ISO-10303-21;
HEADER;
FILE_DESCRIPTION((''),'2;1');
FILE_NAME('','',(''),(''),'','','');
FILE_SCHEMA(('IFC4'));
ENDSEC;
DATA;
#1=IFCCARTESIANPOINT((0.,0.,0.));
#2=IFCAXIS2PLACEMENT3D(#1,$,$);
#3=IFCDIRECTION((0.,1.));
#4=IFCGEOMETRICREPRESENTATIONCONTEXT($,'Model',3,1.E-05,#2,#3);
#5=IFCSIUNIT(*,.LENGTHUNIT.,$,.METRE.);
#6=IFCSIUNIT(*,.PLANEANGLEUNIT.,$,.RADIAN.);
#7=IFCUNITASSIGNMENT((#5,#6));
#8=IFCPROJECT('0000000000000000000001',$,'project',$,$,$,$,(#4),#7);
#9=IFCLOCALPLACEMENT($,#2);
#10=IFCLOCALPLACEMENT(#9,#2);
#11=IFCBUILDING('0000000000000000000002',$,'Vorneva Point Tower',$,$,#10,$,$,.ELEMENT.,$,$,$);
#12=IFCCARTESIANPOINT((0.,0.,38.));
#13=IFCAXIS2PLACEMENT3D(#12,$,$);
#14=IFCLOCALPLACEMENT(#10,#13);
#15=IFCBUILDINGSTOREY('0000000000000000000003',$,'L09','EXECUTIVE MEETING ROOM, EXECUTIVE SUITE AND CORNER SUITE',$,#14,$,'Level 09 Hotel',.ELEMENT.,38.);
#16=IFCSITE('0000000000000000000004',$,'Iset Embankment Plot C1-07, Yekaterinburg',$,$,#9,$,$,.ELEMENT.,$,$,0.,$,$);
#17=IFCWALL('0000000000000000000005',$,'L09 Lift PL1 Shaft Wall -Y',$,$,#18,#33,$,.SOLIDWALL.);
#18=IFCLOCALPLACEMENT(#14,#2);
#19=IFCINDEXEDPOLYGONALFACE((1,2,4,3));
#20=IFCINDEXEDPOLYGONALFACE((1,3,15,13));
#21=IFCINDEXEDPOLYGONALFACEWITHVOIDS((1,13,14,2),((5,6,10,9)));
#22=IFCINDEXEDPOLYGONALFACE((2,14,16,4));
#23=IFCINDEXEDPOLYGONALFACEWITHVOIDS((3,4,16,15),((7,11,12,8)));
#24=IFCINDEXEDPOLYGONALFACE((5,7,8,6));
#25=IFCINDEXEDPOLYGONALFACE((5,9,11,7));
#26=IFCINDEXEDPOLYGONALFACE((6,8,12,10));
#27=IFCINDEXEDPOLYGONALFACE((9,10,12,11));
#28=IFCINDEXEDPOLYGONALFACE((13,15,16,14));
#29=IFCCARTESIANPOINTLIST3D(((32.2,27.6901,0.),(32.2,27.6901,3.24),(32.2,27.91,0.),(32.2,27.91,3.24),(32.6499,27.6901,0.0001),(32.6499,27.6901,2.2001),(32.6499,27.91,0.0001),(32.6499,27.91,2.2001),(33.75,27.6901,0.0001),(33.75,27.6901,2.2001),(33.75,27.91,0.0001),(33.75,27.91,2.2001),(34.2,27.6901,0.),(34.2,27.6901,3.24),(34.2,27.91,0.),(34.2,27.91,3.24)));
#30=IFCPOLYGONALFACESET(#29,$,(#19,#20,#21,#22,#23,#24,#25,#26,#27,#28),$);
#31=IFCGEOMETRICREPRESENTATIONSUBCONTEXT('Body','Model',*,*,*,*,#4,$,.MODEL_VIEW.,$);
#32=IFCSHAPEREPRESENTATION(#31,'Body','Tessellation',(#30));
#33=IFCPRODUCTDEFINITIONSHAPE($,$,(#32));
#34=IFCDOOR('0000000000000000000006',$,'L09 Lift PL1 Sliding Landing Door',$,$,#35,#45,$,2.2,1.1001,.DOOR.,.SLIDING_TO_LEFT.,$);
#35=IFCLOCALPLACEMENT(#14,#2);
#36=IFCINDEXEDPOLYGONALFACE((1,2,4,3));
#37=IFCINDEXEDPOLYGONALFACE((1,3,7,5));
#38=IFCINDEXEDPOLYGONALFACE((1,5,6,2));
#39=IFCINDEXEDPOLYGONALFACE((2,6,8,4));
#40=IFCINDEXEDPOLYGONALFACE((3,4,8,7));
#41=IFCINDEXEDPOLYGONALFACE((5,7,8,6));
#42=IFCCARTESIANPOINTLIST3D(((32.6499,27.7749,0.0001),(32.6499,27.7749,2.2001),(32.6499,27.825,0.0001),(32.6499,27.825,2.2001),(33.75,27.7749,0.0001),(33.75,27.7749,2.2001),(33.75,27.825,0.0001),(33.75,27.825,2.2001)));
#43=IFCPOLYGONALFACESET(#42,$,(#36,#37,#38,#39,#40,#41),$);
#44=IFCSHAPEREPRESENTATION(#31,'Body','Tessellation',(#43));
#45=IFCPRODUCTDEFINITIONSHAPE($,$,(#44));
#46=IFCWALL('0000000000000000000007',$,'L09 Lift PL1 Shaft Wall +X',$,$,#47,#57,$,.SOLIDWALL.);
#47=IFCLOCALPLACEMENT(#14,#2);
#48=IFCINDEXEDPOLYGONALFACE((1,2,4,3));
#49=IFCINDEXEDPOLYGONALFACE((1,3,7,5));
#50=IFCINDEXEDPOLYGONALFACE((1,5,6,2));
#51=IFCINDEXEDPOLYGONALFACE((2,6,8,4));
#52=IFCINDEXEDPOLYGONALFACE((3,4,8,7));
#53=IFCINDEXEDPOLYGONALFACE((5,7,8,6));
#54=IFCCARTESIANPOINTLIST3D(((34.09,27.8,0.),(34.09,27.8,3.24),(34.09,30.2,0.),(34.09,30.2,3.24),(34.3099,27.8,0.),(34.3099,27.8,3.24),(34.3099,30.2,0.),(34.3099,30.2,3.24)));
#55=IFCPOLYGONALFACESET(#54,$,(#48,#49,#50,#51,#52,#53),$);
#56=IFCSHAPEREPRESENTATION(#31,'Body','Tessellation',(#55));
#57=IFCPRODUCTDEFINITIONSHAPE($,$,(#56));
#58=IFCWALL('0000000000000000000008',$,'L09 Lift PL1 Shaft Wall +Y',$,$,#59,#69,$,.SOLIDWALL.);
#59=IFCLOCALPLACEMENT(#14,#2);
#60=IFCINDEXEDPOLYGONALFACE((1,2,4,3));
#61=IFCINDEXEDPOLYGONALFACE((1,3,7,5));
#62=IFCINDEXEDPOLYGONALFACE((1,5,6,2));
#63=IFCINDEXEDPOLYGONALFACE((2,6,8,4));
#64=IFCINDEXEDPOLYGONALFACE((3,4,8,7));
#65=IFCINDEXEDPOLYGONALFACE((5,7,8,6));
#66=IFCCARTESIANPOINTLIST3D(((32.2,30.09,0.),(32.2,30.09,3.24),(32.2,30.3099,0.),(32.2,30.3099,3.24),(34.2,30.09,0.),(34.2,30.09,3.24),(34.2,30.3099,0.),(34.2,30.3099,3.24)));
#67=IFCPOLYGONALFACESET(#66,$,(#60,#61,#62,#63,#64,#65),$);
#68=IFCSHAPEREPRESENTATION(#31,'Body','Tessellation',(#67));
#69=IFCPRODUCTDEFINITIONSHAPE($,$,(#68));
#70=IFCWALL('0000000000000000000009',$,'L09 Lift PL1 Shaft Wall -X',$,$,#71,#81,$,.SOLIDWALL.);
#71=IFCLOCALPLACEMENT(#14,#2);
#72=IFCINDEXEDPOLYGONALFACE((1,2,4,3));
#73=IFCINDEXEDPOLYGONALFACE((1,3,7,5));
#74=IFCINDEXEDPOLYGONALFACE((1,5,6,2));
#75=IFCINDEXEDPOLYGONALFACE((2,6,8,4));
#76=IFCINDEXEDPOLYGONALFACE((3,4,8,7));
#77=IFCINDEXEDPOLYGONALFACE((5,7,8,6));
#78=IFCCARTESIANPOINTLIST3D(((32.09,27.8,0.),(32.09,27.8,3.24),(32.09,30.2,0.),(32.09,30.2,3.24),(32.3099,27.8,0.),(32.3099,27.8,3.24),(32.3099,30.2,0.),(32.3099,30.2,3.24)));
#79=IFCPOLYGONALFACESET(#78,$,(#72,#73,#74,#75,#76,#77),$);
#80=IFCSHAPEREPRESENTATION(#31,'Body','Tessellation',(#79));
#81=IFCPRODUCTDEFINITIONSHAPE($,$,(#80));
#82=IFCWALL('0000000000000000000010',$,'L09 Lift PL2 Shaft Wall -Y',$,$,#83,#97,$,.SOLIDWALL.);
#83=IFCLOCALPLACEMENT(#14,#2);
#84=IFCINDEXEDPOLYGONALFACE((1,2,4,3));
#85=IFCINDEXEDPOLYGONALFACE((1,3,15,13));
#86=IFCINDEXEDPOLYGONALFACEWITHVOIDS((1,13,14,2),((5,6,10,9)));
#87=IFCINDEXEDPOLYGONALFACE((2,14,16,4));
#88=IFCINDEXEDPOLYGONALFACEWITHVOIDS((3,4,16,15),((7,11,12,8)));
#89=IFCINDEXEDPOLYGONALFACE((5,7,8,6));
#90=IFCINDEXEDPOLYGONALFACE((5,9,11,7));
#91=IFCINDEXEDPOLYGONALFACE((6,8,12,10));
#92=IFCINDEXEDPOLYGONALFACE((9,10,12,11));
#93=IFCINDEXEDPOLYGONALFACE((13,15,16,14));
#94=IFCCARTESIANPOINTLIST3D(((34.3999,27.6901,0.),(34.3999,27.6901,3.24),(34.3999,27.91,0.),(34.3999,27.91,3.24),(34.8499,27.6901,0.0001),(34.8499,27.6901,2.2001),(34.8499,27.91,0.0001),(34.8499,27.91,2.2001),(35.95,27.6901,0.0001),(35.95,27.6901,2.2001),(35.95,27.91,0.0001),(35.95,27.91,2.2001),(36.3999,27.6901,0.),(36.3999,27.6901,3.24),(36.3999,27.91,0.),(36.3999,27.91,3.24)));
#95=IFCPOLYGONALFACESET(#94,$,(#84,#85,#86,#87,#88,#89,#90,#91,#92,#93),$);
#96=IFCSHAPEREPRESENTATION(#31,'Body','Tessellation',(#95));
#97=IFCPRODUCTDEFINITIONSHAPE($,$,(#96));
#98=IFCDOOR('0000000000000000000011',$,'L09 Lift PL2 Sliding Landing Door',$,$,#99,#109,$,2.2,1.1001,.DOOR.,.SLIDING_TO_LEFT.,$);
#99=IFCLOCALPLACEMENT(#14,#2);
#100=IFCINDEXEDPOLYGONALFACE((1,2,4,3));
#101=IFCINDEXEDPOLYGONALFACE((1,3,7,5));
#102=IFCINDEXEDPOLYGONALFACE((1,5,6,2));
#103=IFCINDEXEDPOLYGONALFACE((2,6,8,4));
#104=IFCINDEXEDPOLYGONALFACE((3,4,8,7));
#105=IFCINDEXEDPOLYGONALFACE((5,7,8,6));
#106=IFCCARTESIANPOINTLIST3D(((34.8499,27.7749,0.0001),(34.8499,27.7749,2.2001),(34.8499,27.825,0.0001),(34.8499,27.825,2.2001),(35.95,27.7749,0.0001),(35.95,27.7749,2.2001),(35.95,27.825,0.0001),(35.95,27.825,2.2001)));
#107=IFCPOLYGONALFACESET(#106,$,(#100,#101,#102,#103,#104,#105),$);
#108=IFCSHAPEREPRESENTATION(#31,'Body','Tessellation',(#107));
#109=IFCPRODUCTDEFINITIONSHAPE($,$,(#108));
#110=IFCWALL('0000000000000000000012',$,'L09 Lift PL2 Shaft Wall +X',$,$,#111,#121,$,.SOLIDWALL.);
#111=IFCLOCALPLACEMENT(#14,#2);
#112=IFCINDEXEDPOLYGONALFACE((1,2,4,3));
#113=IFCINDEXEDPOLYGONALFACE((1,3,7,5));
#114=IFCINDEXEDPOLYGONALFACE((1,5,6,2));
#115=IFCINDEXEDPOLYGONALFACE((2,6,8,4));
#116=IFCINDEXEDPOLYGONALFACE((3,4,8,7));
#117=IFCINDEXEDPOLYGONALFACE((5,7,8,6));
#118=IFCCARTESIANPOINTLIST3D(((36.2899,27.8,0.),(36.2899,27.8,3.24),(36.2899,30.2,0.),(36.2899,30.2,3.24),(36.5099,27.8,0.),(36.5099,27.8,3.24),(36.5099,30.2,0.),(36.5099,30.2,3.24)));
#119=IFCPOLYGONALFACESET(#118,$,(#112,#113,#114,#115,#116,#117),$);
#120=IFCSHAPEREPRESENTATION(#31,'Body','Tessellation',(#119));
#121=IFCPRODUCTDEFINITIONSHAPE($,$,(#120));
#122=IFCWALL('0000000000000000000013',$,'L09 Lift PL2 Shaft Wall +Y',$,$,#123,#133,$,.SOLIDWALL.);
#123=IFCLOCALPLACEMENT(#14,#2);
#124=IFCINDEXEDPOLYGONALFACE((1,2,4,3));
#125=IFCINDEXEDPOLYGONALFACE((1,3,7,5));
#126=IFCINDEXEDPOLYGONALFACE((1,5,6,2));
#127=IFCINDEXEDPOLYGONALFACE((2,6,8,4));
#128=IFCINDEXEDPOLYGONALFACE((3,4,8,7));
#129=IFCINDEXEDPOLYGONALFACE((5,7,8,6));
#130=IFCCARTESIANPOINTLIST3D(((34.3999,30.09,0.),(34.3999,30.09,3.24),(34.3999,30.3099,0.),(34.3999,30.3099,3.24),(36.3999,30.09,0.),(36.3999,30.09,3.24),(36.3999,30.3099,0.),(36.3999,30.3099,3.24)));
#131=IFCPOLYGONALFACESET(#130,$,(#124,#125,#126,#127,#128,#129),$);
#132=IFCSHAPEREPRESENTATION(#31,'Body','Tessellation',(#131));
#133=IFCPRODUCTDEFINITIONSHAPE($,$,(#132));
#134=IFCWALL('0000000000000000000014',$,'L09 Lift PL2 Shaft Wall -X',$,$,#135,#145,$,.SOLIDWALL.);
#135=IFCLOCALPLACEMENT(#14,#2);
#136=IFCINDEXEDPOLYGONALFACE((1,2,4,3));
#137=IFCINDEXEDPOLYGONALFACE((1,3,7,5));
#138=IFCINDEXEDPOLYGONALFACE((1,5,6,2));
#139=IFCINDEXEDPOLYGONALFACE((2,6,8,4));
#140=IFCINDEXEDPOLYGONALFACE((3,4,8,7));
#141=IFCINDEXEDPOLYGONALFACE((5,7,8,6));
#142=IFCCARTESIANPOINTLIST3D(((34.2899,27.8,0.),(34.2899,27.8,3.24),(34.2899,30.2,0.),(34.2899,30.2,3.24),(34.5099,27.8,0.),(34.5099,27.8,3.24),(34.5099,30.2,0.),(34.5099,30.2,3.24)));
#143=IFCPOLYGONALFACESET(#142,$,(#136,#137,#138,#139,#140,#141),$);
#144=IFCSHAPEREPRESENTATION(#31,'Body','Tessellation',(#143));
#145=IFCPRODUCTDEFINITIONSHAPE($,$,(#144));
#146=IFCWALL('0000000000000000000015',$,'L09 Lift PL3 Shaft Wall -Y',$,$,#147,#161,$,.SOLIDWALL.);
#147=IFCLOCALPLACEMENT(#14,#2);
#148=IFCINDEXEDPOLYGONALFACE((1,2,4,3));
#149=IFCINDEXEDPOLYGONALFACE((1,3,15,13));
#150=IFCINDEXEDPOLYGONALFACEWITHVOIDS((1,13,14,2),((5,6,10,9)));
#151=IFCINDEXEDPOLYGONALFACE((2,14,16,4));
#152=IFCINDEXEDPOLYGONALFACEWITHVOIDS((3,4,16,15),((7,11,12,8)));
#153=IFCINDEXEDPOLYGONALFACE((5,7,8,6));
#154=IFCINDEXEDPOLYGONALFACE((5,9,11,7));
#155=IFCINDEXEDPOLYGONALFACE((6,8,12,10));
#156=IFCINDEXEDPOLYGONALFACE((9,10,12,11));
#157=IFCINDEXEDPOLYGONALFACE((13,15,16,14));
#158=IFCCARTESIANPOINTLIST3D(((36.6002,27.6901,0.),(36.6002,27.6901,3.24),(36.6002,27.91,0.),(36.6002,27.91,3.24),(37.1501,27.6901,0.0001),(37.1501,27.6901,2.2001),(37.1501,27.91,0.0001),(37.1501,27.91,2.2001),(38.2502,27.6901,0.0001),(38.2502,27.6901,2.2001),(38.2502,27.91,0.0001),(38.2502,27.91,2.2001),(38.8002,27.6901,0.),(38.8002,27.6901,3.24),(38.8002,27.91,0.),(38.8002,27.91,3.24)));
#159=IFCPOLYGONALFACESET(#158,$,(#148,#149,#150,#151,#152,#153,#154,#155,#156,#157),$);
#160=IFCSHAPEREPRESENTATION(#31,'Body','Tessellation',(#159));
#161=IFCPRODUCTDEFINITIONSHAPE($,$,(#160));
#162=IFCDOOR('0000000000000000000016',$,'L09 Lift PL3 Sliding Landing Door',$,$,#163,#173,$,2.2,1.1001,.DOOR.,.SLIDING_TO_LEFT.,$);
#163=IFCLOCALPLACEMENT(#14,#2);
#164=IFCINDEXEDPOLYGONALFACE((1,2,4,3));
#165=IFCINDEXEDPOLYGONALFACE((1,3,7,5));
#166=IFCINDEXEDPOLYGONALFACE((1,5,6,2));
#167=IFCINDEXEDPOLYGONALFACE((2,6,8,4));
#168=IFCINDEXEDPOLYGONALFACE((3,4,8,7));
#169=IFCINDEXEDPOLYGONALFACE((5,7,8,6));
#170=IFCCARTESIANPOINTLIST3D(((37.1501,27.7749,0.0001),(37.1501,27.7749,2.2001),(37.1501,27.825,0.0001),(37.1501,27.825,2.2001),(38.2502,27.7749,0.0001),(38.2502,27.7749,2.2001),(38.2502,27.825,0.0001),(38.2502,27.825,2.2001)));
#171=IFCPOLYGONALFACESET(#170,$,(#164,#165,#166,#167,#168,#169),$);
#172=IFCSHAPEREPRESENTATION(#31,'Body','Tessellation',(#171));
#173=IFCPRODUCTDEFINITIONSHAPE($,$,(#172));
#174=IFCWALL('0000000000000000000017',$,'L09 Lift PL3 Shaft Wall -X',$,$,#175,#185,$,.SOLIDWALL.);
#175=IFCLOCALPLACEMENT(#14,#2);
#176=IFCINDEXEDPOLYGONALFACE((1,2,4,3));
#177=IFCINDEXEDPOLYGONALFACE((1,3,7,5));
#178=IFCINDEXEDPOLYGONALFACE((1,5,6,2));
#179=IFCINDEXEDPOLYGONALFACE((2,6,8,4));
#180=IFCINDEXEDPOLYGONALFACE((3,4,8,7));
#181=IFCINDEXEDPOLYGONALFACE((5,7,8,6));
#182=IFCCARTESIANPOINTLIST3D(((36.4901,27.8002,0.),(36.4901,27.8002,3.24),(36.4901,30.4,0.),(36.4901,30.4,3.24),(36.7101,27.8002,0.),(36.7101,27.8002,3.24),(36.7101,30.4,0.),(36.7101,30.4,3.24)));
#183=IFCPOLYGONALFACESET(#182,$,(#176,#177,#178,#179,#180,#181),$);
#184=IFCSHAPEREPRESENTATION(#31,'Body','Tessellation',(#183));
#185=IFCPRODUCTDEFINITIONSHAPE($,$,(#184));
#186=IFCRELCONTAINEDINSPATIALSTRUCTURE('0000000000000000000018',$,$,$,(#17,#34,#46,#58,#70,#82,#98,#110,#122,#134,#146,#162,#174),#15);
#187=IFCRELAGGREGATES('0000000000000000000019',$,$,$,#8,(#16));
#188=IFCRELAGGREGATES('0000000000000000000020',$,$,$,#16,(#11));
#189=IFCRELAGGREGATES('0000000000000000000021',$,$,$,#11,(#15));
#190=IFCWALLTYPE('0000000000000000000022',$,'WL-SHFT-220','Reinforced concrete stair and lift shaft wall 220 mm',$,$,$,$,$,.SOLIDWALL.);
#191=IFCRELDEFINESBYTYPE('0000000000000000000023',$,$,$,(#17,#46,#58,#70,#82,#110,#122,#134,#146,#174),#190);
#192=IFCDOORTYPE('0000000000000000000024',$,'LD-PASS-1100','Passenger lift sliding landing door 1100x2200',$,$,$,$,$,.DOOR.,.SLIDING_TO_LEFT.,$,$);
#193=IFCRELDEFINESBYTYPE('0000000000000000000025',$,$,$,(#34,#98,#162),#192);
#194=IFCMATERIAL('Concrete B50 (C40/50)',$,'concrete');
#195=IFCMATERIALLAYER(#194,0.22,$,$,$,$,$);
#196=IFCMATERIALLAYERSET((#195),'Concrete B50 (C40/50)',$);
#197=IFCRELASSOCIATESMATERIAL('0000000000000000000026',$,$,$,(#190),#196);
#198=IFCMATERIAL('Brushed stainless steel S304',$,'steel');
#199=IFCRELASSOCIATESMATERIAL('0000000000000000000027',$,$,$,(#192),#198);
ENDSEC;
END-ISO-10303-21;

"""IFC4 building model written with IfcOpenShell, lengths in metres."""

from ifc_helpers import new_model, si_unit, direction, frame, frame_2d, origin, place, context, subcontext, project, spatial, rectangle, extrude, material, layer, layer_set, type_object, element, fill, save


model = new_model("IFC4")

# Units and contexts
model_context = context("Model", 3, precision=1e-05, world=origin(), true_north=direction((0.0, 1.0)))
body_context = subcontext(model_context, "Body", "Model", "MODEL_VIEW")
ifc_project = project(units=[si_unit("LENGTHUNIT", "METRE"), si_unit("PLANEANGLEUNIT", "RADIAN")], contexts=[model_context])

# Site, building, storey
site_placement = place(None, origin())
site = spatial("IfcSite", under=ifc_project, at=site_placement, Name="Iset Embankment Plot C1-07, Yekaterinburg", CompositionType="ELEMENT", RefElevation=0.0)
building_placement = place(site_placement, origin())
building = spatial("IfcBuilding", under=site, at=building_placement, Name="Vorneva Point Tower", CompositionType="ELEMENT")
storey_placement = place(building_placement, frame((0.0, 0.0, 38.0)))
storey = spatial("IfcBuildingStorey", under=building, at=storey_placement, Name="L09", Description="EXECUTIVE MEETING ROOM, EXECUTIVE SUITE AND CORNER SUITE", LongName="Level 09 Hotel", CompositionType="ELEMENT", Elevation=38.0)

# Shared definitions
ifc_material_1 = material(Name="Brushed stainless steel S304", Category="steel")

# Wall, opening, door
ifc_material_2 = material(Name="Concrete B50 (C40/50)", Category="concrete")
ifc_layer_1 = layer(ifc_material_2, 0.22)
ifc_layer_set_1 = layer_set([ifc_layer_1], Name="Concrete B50 (C40/50)")
wall_type_1 = type_object("IfcWallType", Name="WL-SHFT-220", Description="Reinforced concrete stair and lift shaft wall 220 mm", PredefinedType="SOLIDWALL", material=ifc_layer_set_1)
wall_1_placement = place(storey_placement, frame((32.2, 27.8, 0.0), z_axis=(0.0, 0.0, 1.0), x_axis=(1.0, 0.0, 0.0)))
wall_1 = element("IfcWall", 1, at=wall_1_placement, inside=storey, type_object=wall_type_1, Name="L09 Lift PL1 Shaft Wall -Y", PredefinedType="SOLIDWALL", context=body_context, shape_type="SweptSolid", body=[
    extrude(rectangle(XDim=2.0, YDim=0.22, at=frame_2d((1.0, 0.0))), origin(), (0.0, 0.0, 1.0), 3.24),
])
opening_1_placement = place(wall_1_placement, frame((0.45, 0.0, 0.0)))
opening_1 = element("IfcOpeningElement", 2, at=opening_1_placement, cuts=wall_1, PredefinedType="OPENING", context=body_context, shape_type="SweptSolid", body=[
    extrude(rectangle(XDim=1.1001, YDim=2.2, at=frame_2d((0.55, 1.1001))), frame((0.0, 0.125, 0.0), z_axis=(0.0, -1.0, 0.0), x_axis=(1.0, 0.0, 0.0)), (0.0, 0.0, 1.0), 0.2498),
])
door_type_1 = type_object("IfcDoorType", Name="LD-PASS-1100", Description="Passenger lift sliding landing door 1100x2200", OperationType="SLIDING_TO_LEFT", PredefinedType="DOOR", material=ifc_material_1)
door_1_placement = place(opening_1_placement, origin())
door_1 = element("IfcDoor", 3, at=door_1_placement, inside=storey, type_object=door_type_1, Name="L09 Lift PL1 Sliding Landing Door", OperationType="SLIDING_TO_LEFT", OverallHeight=2.2, OverallWidth=1.1001, PredefinedType="DOOR", context=body_context, shape_type="SweptSolid", body=[
    extrude(rectangle(XDim=1.1001, YDim=2.2, at=frame_2d((0.55, 1.1001))), frame((0.0, 0.0249, 0.0), z_axis=(0.0, -1.0, 0.0), x_axis=(1.0, 0.0, 0.0)), (0.0, 0.0, 1.0), 0.05),
])
fill(opening_1, door_1)

# Walls
wall_2_placement = place(storey_placement, frame((34.2, 27.8, 0.0), z_axis=(0.0, 0.0, 1.0), x_axis=(0.0, 1.0, 0.0)))
element("IfcWall", 4, at=wall_2_placement, inside=storey, type_object=wall_type_1, Name="L09 Lift PL1 Shaft Wall +X", PredefinedType="SOLIDWALL", context=body_context, shape_type="SweptSolid", body=[
    extrude(rectangle(XDim=2.3999, YDim=0.22, at=frame_2d((1.2, 0.0))), origin(), (0.0, 0.0, 1.0), 3.24),
])
wall_3_placement = place(storey_placement, frame((34.2, 30.2, 0.0), z_axis=(0.0, 0.0, 1.0), x_axis=(-1.0, 0.0, 0.0)))
element("IfcWall", 5, at=wall_3_placement, inside=storey, type_object=wall_type_1, Name="L09 Lift PL1 Shaft Wall +Y", PredefinedType="SOLIDWALL", context=body_context, shape_type="SweptSolid", body=[
    extrude(rectangle(XDim=2.0, YDim=0.22, at=frame_2d((1.0, 0.0))), origin(), (0.0, 0.0, 1.0), 3.24),
])
wall_4_placement = place(storey_placement, frame((32.2, 30.2, 0.0), z_axis=(0.0, 0.0, 1.0), x_axis=(0.0, -1.0, 0.0)))
element("IfcWall", 6, at=wall_4_placement, inside=storey, type_object=wall_type_1, Name="L09 Lift PL1 Shaft Wall -X", PredefinedType="SOLIDWALL", context=body_context, shape_type="SweptSolid", body=[
    extrude(rectangle(XDim=2.3999, YDim=0.22, at=frame_2d((1.2, 0.0))), origin(), (0.0, 0.0, 1.0), 3.24),
])

# Wall, opening, door
wall_5_placement = place(storey_placement, frame((34.3999, 27.8, 0.0), z_axis=(0.0, 0.0, 1.0), x_axis=(1.0, 0.0, 0.0)))
wall_5 = element("IfcWall", 7, at=wall_5_placement, inside=storey, type_object=wall_type_1, Name="L09 Lift PL2 Shaft Wall -Y", PredefinedType="SOLIDWALL", context=body_context, shape_type="SweptSolid", body=[
    extrude(rectangle(XDim=2.0, YDim=0.22, at=frame_2d((1.0, 0.0))), origin(), (0.0, 0.0, 1.0), 3.24),
])
opening_2_placement = place(wall_5_placement, frame((0.45, 0.0, 0.0)))
opening_2 = element("IfcOpeningElement", 8, at=opening_2_placement, cuts=wall_5, PredefinedType="OPENING", context=body_context, shape_type="SweptSolid", body=[
    extrude(rectangle(XDim=1.1001, YDim=2.2, at=frame_2d((0.55, 1.1001))), frame((0.0, 0.125, 0.0), z_axis=(0.0, -1.0, 0.0), x_axis=(1.0, 0.0, 0.0)), (0.0, 0.0, 1.0), 0.2498),
])
door_2_placement = place(opening_2_placement, origin())
door_2 = element("IfcDoor", 9, at=door_2_placement, inside=storey, type_object=door_type_1, Name="L09 Lift PL2 Sliding Landing Door", OperationType="SLIDING_TO_LEFT", OverallHeight=2.2, OverallWidth=1.1001, PredefinedType="DOOR", context=body_context, shape_type="SweptSolid", body=[
    extrude(rectangle(XDim=1.1001, YDim=2.2, at=frame_2d((0.55, 1.1001))), frame((0.0, 0.0249, 0.0), z_axis=(0.0, -1.0, 0.0), x_axis=(1.0, 0.0, 0.0)), (0.0, 0.0, 1.0), 0.05),
])
fill(opening_2, door_2)

# Walls
wall_6_placement = place(storey_placement, frame((36.3999, 27.8, 0.0), z_axis=(0.0, 0.0, 1.0), x_axis=(0.0, 1.0, 0.0)))
element("IfcWall", 10, at=wall_6_placement, inside=storey, type_object=wall_type_1, Name="L09 Lift PL2 Shaft Wall +X", PredefinedType="SOLIDWALL", context=body_context, shape_type="SweptSolid", body=[
    extrude(rectangle(XDim=2.3999, YDim=0.22, at=frame_2d((1.2, 0.0))), origin(), (0.0, 0.0, 1.0), 3.24),
])
wall_7_placement = place(storey_placement, frame((36.3999, 30.2, 0.0), z_axis=(0.0, 0.0, 1.0), x_axis=(-1.0, 0.0, 0.0)))
element("IfcWall", 11, at=wall_7_placement, inside=storey, type_object=wall_type_1, Name="L09 Lift PL2 Shaft Wall +Y", PredefinedType="SOLIDWALL", context=body_context, shape_type="SweptSolid", body=[
    extrude(rectangle(XDim=2.0, YDim=0.22, at=frame_2d((1.0, 0.0))), origin(), (0.0, 0.0, 1.0), 3.24),
])
wall_8_placement = place(storey_placement, frame((34.3999, 30.2, 0.0), z_axis=(0.0, 0.0, 1.0), x_axis=(0.0, -1.0, 0.0)))
element("IfcWall", 12, at=wall_8_placement, inside=storey, type_object=wall_type_1, Name="L09 Lift PL2 Shaft Wall -X", PredefinedType="SOLIDWALL", context=body_context, shape_type="SweptSolid", body=[
    extrude(rectangle(XDim=2.3999, YDim=0.22, at=frame_2d((1.2, 0.0))), origin(), (0.0, 0.0, 1.0), 3.24),
])

# Wall, opening, door
wall_9_placement = place(storey_placement, frame((36.6001, 27.8, 0.0), z_axis=(0.0, 0.0, 1.0), x_axis=(1.0, 0.0, 0.0)))
wall_9 = element("IfcWall", 13, at=wall_9_placement, inside=storey, type_object=wall_type_1, Name="L09 Lift PL3 Shaft Wall -Y", PredefinedType="SOLIDWALL", context=body_context, shape_type="SweptSolid", body=[
    extrude(rectangle(XDim=2.2, YDim=0.22, at=frame_2d((1.1001, 0.0))), origin(), (0.0, 0.0, 1.0), 3.24),
])
opening_3_placement = place(wall_9_placement, frame((0.55, 0.0, 0.0)))
opening_3 = element("IfcOpeningElement", 14, at=opening_3_placement, cuts=wall_9, PredefinedType="OPENING", context=body_context, shape_type="SweptSolid", body=[
    extrude(rectangle(XDim=1.1001, YDim=2.2, at=frame_2d((0.55, 1.1001))), frame((0.0, 0.125, 0.0), z_axis=(0.0, -1.0, 0.0), x_axis=(1.0, 0.0, 0.0)), (0.0, 0.0, 1.0), 0.2498),
])
door_3_placement = place(opening_3_placement, origin())
door_3 = element("IfcDoor", 15, at=door_3_placement, inside=storey, type_object=door_type_1, Name="L09 Lift PL3 Sliding Landing Door", OperationType="SLIDING_TO_LEFT", OverallHeight=2.2, OverallWidth=1.1001, PredefinedType="DOOR", context=body_context, shape_type="SweptSolid", body=[
    extrude(rectangle(XDim=1.1001, YDim=2.2, at=frame_2d((0.55, 1.1001))), frame((0.0, 0.0249, 0.0), z_axis=(0.0, -1.0, 0.0), x_axis=(1.0, 0.0, 0.0)), (0.0, 0.0, 1.0), 0.05),
])
fill(opening_3, door_3)

# Wall
wall_10_placement = place(storey_placement, frame((36.6001, 30.3999, 0.0), z_axis=(0.0, 0.0, 1.0), x_axis=(0.0, -1.0, 0.0)))
element("IfcWall", 16, at=wall_10_placement, inside=storey, type_object=wall_type_1, Name="L09 Lift PL3 Shaft Wall -X", PredefinedType="SOLIDWALL", context=body_context, shape_type="SweptSolid", body=[
    extrude(rectangle(XDim=2.5999, YDim=0.22, at=frame_2d((1.2998, 0.0))), origin(), (0.0, 0.0, 1.0), 3.24),
])

save(model, "model.ifc")
